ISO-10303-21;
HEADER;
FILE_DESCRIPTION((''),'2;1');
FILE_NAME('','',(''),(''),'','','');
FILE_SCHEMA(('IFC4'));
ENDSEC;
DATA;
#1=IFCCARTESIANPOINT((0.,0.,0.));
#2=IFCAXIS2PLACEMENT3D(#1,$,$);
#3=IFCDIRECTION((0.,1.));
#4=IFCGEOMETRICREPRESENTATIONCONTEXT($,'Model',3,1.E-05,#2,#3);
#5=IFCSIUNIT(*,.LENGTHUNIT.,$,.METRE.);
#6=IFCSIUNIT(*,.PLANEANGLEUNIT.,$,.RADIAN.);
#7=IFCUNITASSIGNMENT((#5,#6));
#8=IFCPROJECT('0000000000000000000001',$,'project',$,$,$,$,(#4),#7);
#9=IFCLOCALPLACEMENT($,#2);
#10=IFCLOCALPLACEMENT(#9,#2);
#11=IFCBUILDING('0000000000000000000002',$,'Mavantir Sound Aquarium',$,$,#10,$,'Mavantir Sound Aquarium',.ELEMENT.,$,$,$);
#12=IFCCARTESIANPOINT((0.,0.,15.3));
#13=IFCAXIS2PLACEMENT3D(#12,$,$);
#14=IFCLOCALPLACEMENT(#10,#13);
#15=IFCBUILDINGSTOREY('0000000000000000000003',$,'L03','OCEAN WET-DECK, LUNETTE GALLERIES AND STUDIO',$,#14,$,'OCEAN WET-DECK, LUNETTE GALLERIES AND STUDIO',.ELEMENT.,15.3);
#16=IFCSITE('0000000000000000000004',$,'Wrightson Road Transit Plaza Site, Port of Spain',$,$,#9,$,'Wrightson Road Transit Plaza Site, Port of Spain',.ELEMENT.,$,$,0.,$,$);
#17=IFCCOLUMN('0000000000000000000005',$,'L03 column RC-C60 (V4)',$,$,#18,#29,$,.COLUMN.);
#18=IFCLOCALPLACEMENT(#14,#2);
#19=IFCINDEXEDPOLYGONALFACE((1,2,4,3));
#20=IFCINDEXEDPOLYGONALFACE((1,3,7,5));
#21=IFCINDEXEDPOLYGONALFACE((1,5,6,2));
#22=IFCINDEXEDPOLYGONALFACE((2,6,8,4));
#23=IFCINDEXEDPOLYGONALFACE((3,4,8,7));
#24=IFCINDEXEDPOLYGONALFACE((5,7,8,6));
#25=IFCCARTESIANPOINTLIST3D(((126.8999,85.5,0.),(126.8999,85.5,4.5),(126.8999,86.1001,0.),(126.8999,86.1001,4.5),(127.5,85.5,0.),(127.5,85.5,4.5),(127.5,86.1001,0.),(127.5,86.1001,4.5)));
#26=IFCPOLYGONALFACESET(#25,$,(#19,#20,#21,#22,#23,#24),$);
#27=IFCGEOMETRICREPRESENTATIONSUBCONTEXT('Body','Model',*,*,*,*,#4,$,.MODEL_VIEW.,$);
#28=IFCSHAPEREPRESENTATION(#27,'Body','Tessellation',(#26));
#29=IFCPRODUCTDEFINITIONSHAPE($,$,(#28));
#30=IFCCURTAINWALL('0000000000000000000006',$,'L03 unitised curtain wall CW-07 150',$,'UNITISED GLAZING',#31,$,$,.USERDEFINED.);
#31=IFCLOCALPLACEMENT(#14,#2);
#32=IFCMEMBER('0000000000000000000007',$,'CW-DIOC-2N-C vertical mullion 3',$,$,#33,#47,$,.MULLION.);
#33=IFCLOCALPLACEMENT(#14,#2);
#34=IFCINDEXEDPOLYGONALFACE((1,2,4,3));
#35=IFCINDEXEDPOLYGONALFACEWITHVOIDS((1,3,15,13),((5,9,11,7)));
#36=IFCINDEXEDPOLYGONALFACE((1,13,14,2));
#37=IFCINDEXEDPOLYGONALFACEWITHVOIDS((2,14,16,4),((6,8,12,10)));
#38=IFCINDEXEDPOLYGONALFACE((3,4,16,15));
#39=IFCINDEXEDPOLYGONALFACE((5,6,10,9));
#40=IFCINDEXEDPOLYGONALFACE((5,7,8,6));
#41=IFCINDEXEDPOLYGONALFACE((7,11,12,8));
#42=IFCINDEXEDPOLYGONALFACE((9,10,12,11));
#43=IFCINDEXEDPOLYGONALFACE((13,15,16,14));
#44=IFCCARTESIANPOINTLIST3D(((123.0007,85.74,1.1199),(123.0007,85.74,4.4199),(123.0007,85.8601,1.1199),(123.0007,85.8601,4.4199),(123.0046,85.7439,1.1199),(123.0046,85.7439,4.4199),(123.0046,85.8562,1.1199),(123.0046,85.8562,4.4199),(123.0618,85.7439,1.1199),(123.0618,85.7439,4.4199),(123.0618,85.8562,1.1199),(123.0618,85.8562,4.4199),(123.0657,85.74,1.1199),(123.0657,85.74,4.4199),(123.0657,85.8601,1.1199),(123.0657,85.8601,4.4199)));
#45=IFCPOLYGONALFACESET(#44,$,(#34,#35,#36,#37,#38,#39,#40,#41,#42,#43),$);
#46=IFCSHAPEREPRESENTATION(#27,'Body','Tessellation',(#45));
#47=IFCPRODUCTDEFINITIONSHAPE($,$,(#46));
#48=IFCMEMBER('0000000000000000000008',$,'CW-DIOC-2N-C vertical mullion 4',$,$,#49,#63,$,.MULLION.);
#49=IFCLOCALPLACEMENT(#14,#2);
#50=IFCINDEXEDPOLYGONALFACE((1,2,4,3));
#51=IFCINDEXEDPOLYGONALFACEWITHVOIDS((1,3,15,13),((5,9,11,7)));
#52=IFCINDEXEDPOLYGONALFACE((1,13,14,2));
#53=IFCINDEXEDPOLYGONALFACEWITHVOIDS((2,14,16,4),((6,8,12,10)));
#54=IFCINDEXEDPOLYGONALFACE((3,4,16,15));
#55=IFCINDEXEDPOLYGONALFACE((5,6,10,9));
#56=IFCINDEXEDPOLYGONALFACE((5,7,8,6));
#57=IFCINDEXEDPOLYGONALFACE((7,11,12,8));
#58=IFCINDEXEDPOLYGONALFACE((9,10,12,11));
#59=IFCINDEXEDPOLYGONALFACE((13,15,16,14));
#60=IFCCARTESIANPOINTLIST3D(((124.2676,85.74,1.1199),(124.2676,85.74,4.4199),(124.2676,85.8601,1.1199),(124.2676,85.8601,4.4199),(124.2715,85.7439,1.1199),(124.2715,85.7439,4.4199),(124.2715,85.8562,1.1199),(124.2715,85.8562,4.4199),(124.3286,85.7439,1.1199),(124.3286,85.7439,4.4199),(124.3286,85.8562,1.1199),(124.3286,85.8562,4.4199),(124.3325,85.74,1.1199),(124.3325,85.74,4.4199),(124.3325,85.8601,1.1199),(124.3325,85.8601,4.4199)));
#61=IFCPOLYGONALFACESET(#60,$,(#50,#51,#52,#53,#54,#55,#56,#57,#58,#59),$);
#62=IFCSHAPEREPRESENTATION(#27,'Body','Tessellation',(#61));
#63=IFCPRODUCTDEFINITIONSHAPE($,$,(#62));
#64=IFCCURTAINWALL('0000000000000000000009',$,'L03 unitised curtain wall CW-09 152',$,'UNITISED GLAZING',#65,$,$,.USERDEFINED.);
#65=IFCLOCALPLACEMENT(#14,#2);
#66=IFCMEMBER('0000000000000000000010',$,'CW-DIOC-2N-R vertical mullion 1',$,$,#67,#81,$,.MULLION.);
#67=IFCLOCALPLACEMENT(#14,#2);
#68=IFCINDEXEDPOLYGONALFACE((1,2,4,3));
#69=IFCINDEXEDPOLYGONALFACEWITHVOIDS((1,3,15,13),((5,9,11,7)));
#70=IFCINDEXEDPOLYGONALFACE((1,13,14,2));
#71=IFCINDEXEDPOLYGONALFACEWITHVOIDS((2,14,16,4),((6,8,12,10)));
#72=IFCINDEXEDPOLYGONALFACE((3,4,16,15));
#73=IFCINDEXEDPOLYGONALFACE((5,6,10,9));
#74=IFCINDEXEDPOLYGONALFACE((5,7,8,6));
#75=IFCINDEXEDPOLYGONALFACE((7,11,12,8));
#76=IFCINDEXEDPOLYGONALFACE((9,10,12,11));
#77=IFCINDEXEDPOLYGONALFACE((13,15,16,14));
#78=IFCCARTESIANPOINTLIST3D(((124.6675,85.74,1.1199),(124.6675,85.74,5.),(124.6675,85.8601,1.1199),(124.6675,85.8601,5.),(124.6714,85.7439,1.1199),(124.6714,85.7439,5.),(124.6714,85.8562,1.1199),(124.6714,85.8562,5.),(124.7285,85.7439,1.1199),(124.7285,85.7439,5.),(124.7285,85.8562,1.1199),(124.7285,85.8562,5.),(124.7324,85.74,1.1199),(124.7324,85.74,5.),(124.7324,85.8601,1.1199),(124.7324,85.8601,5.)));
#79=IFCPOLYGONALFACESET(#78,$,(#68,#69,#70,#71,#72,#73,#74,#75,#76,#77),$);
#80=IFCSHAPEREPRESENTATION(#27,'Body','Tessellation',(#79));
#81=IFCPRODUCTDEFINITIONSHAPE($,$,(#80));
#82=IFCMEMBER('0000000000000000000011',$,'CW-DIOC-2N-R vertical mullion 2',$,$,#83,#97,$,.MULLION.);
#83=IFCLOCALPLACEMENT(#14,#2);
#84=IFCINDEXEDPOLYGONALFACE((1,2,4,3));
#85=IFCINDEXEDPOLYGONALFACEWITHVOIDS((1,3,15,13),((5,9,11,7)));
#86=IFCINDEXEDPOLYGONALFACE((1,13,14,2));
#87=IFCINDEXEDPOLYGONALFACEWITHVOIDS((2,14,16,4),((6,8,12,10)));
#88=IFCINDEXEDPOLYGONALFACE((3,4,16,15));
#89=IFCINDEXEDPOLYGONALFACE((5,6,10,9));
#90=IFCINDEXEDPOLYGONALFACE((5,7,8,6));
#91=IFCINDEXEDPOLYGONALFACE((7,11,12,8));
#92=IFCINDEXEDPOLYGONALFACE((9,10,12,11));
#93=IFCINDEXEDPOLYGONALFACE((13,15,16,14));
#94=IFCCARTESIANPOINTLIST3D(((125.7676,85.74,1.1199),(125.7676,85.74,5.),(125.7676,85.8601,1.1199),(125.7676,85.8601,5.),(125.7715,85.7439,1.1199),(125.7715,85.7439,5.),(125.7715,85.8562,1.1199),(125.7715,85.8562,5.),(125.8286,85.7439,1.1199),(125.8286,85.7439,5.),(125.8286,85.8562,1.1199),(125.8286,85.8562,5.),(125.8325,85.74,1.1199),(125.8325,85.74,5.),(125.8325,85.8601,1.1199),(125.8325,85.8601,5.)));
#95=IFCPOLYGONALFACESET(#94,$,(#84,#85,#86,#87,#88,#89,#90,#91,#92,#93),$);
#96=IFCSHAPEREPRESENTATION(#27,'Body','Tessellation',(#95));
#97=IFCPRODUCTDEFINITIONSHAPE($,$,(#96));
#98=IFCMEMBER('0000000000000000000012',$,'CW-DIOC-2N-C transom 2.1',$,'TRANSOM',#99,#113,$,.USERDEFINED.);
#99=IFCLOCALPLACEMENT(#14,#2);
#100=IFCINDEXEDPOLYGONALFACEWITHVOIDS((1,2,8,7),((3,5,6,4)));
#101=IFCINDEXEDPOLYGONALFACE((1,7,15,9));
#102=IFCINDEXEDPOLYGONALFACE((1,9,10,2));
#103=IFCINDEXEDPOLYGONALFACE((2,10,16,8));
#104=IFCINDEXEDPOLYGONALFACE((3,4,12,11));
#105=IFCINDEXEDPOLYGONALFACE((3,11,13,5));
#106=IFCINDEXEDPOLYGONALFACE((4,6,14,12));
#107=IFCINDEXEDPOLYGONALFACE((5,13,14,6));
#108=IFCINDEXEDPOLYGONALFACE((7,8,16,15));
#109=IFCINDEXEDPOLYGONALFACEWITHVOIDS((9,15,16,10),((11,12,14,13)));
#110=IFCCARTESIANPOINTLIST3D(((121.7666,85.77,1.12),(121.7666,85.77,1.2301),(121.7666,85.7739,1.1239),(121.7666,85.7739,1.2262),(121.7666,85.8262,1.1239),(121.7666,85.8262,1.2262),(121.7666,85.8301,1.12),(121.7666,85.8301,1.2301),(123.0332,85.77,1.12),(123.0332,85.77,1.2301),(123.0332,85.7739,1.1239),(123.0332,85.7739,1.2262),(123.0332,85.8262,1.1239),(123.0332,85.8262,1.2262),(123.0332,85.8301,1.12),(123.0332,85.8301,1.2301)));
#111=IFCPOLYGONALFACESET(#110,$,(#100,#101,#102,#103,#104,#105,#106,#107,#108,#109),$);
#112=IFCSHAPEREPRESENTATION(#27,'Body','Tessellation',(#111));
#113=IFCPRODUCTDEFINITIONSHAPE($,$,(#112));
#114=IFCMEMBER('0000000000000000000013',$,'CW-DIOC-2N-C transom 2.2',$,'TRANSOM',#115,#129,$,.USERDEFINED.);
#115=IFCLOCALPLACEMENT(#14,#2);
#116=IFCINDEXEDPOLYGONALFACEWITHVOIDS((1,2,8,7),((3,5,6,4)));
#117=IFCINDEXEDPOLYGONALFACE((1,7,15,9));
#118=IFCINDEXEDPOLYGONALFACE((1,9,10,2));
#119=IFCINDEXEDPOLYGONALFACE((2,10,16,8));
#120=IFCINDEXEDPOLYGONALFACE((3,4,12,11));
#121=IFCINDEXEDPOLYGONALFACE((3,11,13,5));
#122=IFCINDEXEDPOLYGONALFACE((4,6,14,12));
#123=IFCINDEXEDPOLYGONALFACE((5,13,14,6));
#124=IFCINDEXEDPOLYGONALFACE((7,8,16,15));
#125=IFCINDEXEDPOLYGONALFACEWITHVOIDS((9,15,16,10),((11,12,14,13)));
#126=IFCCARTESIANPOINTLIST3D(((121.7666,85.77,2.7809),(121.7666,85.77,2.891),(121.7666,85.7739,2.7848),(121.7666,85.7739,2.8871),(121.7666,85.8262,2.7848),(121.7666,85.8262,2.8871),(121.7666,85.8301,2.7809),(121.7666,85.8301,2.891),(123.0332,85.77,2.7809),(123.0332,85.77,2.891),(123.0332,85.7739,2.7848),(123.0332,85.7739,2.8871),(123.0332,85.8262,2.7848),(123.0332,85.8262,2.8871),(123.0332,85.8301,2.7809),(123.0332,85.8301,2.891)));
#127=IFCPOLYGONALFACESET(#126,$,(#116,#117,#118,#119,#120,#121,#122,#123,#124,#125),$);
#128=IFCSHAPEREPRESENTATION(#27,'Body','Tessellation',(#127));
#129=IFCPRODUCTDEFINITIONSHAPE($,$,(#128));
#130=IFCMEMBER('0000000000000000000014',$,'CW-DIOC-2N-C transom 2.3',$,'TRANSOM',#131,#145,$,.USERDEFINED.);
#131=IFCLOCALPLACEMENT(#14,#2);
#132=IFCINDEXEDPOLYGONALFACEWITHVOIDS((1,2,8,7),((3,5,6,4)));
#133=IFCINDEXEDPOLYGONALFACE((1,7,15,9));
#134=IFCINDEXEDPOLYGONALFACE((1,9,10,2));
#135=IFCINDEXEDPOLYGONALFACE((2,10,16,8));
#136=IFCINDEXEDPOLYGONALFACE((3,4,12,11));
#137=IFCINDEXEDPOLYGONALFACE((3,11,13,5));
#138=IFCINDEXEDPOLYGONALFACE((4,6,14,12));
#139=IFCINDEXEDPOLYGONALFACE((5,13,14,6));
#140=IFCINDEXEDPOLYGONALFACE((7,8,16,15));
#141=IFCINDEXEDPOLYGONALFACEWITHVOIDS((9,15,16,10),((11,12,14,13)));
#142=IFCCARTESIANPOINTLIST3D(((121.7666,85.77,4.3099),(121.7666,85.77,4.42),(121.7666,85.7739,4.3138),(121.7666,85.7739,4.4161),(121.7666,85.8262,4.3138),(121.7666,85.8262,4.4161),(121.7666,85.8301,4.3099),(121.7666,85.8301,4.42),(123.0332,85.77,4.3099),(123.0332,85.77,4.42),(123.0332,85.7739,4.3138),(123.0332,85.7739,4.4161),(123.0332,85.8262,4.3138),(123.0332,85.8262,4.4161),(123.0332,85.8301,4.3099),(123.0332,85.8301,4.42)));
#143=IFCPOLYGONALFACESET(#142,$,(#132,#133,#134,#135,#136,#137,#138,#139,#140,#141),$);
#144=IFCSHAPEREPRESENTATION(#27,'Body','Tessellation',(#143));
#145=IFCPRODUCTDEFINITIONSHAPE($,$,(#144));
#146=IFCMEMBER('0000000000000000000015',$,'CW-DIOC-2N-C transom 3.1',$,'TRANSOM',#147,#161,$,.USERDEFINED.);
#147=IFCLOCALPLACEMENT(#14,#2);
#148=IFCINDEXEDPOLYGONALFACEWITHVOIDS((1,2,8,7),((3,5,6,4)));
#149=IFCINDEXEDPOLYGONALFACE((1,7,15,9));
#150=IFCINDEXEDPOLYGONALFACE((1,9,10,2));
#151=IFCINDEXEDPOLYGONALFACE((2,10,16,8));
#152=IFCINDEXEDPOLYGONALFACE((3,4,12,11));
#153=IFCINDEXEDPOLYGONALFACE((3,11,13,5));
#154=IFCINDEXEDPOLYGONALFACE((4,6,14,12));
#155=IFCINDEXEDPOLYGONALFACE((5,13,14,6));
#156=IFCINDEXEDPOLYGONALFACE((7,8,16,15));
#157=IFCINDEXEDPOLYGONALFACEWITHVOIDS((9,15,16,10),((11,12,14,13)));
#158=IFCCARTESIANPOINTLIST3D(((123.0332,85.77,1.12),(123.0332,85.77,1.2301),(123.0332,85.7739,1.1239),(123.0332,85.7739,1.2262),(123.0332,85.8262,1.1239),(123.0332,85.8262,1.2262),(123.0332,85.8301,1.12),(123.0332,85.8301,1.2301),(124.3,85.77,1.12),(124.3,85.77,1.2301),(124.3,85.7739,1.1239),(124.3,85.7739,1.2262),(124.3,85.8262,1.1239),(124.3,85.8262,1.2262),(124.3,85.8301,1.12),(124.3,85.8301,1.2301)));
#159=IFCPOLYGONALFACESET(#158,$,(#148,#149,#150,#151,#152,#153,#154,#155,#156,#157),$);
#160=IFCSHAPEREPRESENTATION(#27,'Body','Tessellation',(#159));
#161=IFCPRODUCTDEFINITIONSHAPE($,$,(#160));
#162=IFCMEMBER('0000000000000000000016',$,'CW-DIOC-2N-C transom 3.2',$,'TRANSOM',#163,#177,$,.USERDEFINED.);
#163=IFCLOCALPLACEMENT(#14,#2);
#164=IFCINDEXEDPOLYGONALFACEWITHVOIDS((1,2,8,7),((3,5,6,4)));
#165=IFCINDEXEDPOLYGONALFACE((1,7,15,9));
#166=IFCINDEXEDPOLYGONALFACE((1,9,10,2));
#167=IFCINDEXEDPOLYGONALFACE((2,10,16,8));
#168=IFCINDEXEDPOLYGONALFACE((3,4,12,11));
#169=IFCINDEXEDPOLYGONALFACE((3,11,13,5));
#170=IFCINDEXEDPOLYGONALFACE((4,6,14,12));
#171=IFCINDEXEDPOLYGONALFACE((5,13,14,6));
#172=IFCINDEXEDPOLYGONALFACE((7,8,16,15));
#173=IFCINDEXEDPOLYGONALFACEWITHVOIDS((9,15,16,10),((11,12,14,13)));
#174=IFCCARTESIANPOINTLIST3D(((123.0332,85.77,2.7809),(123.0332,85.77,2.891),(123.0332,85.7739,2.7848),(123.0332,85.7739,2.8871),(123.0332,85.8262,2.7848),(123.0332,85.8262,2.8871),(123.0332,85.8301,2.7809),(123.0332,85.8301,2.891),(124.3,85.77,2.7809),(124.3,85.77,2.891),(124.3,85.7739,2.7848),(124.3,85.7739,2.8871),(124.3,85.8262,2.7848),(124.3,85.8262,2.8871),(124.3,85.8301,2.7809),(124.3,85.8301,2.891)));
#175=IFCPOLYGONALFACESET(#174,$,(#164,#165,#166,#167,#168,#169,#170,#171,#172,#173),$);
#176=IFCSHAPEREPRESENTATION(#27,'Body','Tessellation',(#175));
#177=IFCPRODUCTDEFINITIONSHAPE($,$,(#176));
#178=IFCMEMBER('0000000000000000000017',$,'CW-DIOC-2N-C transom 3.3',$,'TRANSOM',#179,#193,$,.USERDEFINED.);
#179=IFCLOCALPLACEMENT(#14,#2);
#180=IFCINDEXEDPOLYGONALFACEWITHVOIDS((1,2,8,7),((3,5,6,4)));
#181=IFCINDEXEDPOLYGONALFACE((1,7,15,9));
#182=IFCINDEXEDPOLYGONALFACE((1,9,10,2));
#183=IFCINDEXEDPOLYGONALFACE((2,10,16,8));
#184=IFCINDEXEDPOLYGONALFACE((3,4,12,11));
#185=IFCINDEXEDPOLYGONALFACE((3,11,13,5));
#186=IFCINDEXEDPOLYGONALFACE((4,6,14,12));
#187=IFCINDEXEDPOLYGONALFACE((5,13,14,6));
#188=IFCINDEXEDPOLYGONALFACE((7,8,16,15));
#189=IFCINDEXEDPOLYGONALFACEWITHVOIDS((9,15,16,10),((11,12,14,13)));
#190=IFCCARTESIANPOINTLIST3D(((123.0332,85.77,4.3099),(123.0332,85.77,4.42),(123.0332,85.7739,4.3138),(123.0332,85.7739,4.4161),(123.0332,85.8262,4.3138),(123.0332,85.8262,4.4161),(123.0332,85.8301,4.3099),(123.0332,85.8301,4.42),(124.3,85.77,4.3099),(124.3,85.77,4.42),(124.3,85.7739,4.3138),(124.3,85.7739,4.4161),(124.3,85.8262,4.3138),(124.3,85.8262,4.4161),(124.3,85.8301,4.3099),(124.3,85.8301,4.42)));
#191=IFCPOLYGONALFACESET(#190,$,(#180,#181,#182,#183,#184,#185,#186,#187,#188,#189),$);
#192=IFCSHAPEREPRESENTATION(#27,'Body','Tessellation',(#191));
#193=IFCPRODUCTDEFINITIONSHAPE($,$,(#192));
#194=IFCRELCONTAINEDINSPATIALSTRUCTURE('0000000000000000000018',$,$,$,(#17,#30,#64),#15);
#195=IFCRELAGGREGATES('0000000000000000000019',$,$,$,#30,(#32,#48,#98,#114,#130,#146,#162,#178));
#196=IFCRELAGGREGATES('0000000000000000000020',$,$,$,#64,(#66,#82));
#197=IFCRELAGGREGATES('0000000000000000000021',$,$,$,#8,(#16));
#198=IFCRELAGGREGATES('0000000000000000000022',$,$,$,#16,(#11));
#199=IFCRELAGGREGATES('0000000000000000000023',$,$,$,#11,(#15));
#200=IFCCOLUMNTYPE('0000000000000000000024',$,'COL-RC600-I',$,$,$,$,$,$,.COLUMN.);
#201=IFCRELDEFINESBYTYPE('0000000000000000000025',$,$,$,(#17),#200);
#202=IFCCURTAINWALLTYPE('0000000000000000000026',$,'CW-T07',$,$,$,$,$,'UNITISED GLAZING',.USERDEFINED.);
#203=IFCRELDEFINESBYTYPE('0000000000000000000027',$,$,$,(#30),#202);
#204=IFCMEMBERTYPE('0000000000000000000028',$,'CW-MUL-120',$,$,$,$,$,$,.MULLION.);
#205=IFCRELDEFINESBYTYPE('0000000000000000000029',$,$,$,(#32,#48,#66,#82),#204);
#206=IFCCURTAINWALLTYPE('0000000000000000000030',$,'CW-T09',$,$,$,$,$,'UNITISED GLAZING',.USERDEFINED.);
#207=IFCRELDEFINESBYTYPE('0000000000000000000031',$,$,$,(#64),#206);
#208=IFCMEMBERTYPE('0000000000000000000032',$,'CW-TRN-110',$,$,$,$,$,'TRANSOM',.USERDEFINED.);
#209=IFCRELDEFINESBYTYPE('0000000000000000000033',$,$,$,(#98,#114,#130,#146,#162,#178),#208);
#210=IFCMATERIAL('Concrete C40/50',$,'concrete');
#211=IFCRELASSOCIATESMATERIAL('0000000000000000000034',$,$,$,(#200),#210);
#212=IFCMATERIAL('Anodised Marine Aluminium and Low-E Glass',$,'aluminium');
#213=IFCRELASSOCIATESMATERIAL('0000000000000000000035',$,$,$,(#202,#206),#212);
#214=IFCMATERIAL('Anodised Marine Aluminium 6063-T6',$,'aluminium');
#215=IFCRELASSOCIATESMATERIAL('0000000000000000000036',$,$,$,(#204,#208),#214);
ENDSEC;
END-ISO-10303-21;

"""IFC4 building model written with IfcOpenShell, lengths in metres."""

from ifc_helpers import new_model, si_unit, direction, frame, origin, origin_2d, place, context, subcontext, project, spatial, rectangle, hollow_rectangle, extrude, material, material_profile, profile_set, type_object, element, aggregate, save


model = new_model("IFC4")

# Units and contexts
model_context = context("Model", 3, precision=1e-05, world=origin(), true_north=direction((0.0, 1.0)))
body_context = subcontext(model_context, "Body", "Model", "MODEL_VIEW")
ifc_project = project(units=[si_unit("LENGTHUNIT", "METRE"), si_unit("PLANEANGLEUNIT", "RADIAN")], contexts=[model_context])

# Site, building, storey
site_placement = place(None, origin())
site = spatial("IfcSite", under=ifc_project, at=site_placement, Name="Wrightson Road Transit Plaza Site, Port of Spain", LongName="Wrightson Road Transit Plaza Site, Port of Spain", CompositionType="ELEMENT", RefElevation=0.0)
building_placement = place(site_placement, origin())
building = spatial("IfcBuilding", under=site, at=building_placement, Name="Mavantir Sound Aquarium", LongName="Mavantir Sound Aquarium", CompositionType="ELEMENT")
storey_placement = place(building_placement, frame((0.0, 0.0, 15.3)))
storey = spatial("IfcBuildingStorey", under=building, at=storey_placement, Name="L03", Description="OCEAN WET-DECK, LUNETTE GALLERIES AND STUDIO", LongName="OCEAN WET-DECK, LUNETTE GALLERIES AND STUDIO", CompositionType="ELEMENT", Elevation=15.3)

# Column
ifc_material_1 = material(Name="Concrete C40/50", Category="concrete")
ifc_material_profile_1 = material_profile(ifc_material_1, rectangle(XDim=0.6001, YDim=0.6001, at=origin_2d()), Name="RC 600X600")
ifc_profile_set_1 = profile_set([ifc_material_profile_1], Name="Concrete C40/50")
column_type = type_object("IfcColumnType", Name="COL-RC600-I", PredefinedType="COLUMN", material=ifc_profile_set_1)
column_placement = place(storey_placement, frame((127.2, 85.8, 0.0), z_axis=(0.0, 0.0, 1.0), x_axis=(1.0, 0.0, 0.0)))
element("IfcColumn", 1, at=column_placement, inside=storey, type_object=column_type, Name="L03 column RC-C60 (V4)", PredefinedType="COLUMN", context=body_context, shape_type="SweptSolid", body=[
    extrude(rectangle(XDim=0.6001, YDim=0.6001, at=origin_2d()), origin(), (0.0, 0.0, 1.0), 4.5),
])

# Curtain walls, members
ifc_material_2 = material(Name="Anodised Marine Aluminium and Low-E Glass", Category="aluminium")
curtain_wall_type_1 = type_object("IfcCurtainWallType", Name="CW-T07", ElementType="UNITISED GLAZING", PredefinedType="USERDEFINED", material=ifc_material_2)
curtain_wall_1_placement = place(storey_placement, origin())
curtain_wall_1 = element("IfcCurtainWall", 2, at=curtain_wall_1_placement, inside=storey, type_object=curtain_wall_type_1, Name="L03 unitised curtain wall CW-07 150", ObjectType="UNITISED GLAZING", PredefinedType="USERDEFINED")
ifc_material_3 = material(Name="Anodised Marine Aluminium 6063-T6", Category="aluminium")
ifc_material_profile_2 = material_profile(ifc_material_3, hollow_rectangle(XDim=0.0649, YDim=0.1201, WallThickness=0.0039, at=origin_2d()), Name="ALU-MULLION-120X65")
ifc_profile_set_2 = profile_set([ifc_material_profile_2], Name="Anodised Marine Aluminium 6063-T6")
member_type_1 = type_object("IfcMemberType", Name="CW-MUL-120", PredefinedType="MULLION", material=ifc_profile_set_2)
member_1_placement = place(storey_placement, frame((123.0332, 85.8, 1.1199), z_axis=(0.0, 0.0, 1.0), x_axis=(1.0, 0.0, 0.0)))
member_1 = element("IfcMember", 3, at=member_1_placement, type_object=member_type_1, Name="CW-DIOC-2N-C vertical mullion 3", PredefinedType="MULLION", context=body_context, shape_type="SweptSolid", body=[
    extrude(hollow_rectangle(XDim=0.0649, YDim=0.1201, WallThickness=0.0039, at=origin_2d()), origin(), (0.0, 0.0, 1.0), 3.3),
])
member_2_placement = place(storey_placement, frame((124.3, 85.8, 1.1199), z_axis=(0.0, 0.0, 1.0), x_axis=(1.0, 0.0, 0.0)))
member_2 = element("IfcMember", 4, at=member_2_placement, type_object=member_type_1, Name="CW-DIOC-2N-C vertical mullion 4", PredefinedType="MULLION", context=body_context, shape_type="SweptSolid", body=[
    extrude(hollow_rectangle(XDim=0.0649, YDim=0.1201, WallThickness=0.0039, at=origin_2d()), origin(), (0.0, 0.0, 1.0), 3.3),
])
curtain_wall_type_2 = type_object("IfcCurtainWallType", Name="CW-T09", ElementType="UNITISED GLAZING", PredefinedType="USERDEFINED", material=ifc_material_2)
curtain_wall_2_placement = place(storey_placement, origin())
curtain_wall_2 = element("IfcCurtainWall", 5, at=curtain_wall_2_placement, inside=storey, type_object=curtain_wall_type_2, Name="L03 unitised curtain wall CW-09 152", ObjectType="UNITISED GLAZING", PredefinedType="USERDEFINED")
member_3_placement = place(storey_placement, frame((124.7, 85.8, 1.1199), z_axis=(0.0, 0.0, 1.0), x_axis=(1.0, 0.0, 0.0)))
member_3 = element("IfcMember", 6, at=member_3_placement, type_object=member_type_1, Name="CW-DIOC-2N-R vertical mullion 1", PredefinedType="MULLION", context=body_context, shape_type="SweptSolid", body=[
    extrude(hollow_rectangle(XDim=0.0649, YDim=0.1201, WallThickness=0.0039, at=origin_2d()), origin(), (0.0, 0.0, 1.0), 3.8801),
])
member_4_placement = place(storey_placement, frame((125.8, 85.8, 1.1199), z_axis=(0.0, 0.0, 1.0), x_axis=(1.0, 0.0, 0.0)))
member_4 = element("IfcMember", 7, at=member_4_placement, type_object=member_type_1, Name="CW-DIOC-2N-R vertical mullion 2", PredefinedType="MULLION", context=body_context, shape_type="SweptSolid", body=[
    extrude(hollow_rectangle(XDim=0.0649, YDim=0.1201, WallThickness=0.0039, at=origin_2d()), origin(), (0.0, 0.0, 1.0), 3.8801),
])

# Members
ifc_material_profile_3 = material_profile(ifc_material_3, hollow_rectangle(XDim=0.0601, YDim=0.1101, WallThickness=0.0039, at=origin_2d()), Name="ALU-TRANSOM-110X60")
ifc_profile_set_3 = profile_set([ifc_material_profile_3], Name="Anodised Marine Aluminium 6063-T6")
member_type_2 = type_object("IfcMemberType", Name="CW-TRN-110", ElementType="TRANSOM", PredefinedType="USERDEFINED", material=ifc_profile_set_3)
member_5_placement = place(storey_placement, frame((121.7666, 85.8, 1.175), z_axis=(1.0, 0.0, 0.0), x_axis=(0.0, 1.0, 0.0)))
member_5 = element("IfcMember", 8, at=member_5_placement, type_object=member_type_2, Name="CW-DIOC-2N-C transom 2.1", ObjectType="TRANSOM", PredefinedType="USERDEFINED", context=body_context, shape_type="SweptSolid", body=[
    extrude(hollow_rectangle(XDim=0.0601, YDim=0.1101, WallThickness=0.0039, at=origin_2d()), origin(), (0.0, 0.0, 1.0), 1.2666),
])
member_6_placement = place(storey_placement, frame((121.7666, 85.8, 2.8359), z_axis=(1.0, 0.0, 0.0), x_axis=(0.0, 1.0, 0.0)))
member_6 = element("IfcMember", 9, at=member_6_placement, type_object=member_type_2, Name="CW-DIOC-2N-C transom 2.2", ObjectType="TRANSOM", PredefinedType="USERDEFINED", context=body_context, shape_type="SweptSolid", body=[
    extrude(hollow_rectangle(XDim=0.0601, YDim=0.1101, WallThickness=0.0039, at=origin_2d()), origin(), (0.0, 0.0, 1.0), 1.2666),
])
member_7_placement = place(storey_placement, frame((121.7666, 85.8, 4.365), z_axis=(1.0, 0.0, 0.0), x_axis=(0.0, 1.0, 0.0)))
member_7 = element("IfcMember", 10, at=member_7_placement, type_object=member_type_2, Name="CW-DIOC-2N-C transom 2.3", ObjectType="TRANSOM", PredefinedType="USERDEFINED", context=body_context, shape_type="SweptSolid", body=[
    extrude(hollow_rectangle(XDim=0.0601, YDim=0.1101, WallThickness=0.0039, at=origin_2d()), origin(), (0.0, 0.0, 1.0), 1.2666),
])
member_8_placement = place(storey_placement, frame((123.0332, 85.8, 1.175), z_axis=(1.0, 0.0, 0.0), x_axis=(0.0, 1.0, 0.0)))
member_8 = element("IfcMember", 11, at=member_8_placement, type_object=member_type_2, Name="CW-DIOC-2N-C transom 3.1", ObjectType="TRANSOM", PredefinedType="USERDEFINED", context=body_context, shape_type="SweptSolid", body=[
    extrude(hollow_rectangle(XDim=0.0601, YDim=0.1101, WallThickness=0.0039, at=origin_2d()), origin(), (0.0, 0.0, 1.0), 1.2668),
])
member_9_placement = place(storey_placement, frame((123.0332, 85.8, 2.8359), z_axis=(1.0, 0.0, 0.0), x_axis=(0.0, 1.0, 0.0)))
member_9 = element("IfcMember", 12, at=member_9_placement, type_object=member_type_2, Name="CW-DIOC-2N-C transom 3.2", ObjectType="TRANSOM", PredefinedType="USERDEFINED", context=body_context, shape_type="SweptSolid", body=[
    extrude(hollow_rectangle(XDim=0.0601, YDim=0.1101, WallThickness=0.0039, at=origin_2d()), origin(), (0.0, 0.0, 1.0), 1.2668),
])
member_10_placement = place(storey_placement, frame((123.0332, 85.8, 4.365), z_axis=(1.0, 0.0, 0.0), x_axis=(0.0, 1.0, 0.0)))
member_10 = element("IfcMember", 13, at=member_10_placement, type_object=member_type_2, Name="CW-DIOC-2N-C transom 3.3", ObjectType="TRANSOM", PredefinedType="USERDEFINED", context=body_context, shape_type="SweptSolid", body=[
    extrude(hollow_rectangle(XDim=0.0601, YDim=0.1101, WallThickness=0.0039, at=origin_2d()), origin(), (0.0, 0.0, 1.0), 1.2668),
])

aggregate(curtain_wall_1, [member_1, member_2, member_5, member_6, member_7, member_8, member_9, member_10])
aggregate(curtain_wall_2, [member_3, member_4])

save(model, "model.ifc")
